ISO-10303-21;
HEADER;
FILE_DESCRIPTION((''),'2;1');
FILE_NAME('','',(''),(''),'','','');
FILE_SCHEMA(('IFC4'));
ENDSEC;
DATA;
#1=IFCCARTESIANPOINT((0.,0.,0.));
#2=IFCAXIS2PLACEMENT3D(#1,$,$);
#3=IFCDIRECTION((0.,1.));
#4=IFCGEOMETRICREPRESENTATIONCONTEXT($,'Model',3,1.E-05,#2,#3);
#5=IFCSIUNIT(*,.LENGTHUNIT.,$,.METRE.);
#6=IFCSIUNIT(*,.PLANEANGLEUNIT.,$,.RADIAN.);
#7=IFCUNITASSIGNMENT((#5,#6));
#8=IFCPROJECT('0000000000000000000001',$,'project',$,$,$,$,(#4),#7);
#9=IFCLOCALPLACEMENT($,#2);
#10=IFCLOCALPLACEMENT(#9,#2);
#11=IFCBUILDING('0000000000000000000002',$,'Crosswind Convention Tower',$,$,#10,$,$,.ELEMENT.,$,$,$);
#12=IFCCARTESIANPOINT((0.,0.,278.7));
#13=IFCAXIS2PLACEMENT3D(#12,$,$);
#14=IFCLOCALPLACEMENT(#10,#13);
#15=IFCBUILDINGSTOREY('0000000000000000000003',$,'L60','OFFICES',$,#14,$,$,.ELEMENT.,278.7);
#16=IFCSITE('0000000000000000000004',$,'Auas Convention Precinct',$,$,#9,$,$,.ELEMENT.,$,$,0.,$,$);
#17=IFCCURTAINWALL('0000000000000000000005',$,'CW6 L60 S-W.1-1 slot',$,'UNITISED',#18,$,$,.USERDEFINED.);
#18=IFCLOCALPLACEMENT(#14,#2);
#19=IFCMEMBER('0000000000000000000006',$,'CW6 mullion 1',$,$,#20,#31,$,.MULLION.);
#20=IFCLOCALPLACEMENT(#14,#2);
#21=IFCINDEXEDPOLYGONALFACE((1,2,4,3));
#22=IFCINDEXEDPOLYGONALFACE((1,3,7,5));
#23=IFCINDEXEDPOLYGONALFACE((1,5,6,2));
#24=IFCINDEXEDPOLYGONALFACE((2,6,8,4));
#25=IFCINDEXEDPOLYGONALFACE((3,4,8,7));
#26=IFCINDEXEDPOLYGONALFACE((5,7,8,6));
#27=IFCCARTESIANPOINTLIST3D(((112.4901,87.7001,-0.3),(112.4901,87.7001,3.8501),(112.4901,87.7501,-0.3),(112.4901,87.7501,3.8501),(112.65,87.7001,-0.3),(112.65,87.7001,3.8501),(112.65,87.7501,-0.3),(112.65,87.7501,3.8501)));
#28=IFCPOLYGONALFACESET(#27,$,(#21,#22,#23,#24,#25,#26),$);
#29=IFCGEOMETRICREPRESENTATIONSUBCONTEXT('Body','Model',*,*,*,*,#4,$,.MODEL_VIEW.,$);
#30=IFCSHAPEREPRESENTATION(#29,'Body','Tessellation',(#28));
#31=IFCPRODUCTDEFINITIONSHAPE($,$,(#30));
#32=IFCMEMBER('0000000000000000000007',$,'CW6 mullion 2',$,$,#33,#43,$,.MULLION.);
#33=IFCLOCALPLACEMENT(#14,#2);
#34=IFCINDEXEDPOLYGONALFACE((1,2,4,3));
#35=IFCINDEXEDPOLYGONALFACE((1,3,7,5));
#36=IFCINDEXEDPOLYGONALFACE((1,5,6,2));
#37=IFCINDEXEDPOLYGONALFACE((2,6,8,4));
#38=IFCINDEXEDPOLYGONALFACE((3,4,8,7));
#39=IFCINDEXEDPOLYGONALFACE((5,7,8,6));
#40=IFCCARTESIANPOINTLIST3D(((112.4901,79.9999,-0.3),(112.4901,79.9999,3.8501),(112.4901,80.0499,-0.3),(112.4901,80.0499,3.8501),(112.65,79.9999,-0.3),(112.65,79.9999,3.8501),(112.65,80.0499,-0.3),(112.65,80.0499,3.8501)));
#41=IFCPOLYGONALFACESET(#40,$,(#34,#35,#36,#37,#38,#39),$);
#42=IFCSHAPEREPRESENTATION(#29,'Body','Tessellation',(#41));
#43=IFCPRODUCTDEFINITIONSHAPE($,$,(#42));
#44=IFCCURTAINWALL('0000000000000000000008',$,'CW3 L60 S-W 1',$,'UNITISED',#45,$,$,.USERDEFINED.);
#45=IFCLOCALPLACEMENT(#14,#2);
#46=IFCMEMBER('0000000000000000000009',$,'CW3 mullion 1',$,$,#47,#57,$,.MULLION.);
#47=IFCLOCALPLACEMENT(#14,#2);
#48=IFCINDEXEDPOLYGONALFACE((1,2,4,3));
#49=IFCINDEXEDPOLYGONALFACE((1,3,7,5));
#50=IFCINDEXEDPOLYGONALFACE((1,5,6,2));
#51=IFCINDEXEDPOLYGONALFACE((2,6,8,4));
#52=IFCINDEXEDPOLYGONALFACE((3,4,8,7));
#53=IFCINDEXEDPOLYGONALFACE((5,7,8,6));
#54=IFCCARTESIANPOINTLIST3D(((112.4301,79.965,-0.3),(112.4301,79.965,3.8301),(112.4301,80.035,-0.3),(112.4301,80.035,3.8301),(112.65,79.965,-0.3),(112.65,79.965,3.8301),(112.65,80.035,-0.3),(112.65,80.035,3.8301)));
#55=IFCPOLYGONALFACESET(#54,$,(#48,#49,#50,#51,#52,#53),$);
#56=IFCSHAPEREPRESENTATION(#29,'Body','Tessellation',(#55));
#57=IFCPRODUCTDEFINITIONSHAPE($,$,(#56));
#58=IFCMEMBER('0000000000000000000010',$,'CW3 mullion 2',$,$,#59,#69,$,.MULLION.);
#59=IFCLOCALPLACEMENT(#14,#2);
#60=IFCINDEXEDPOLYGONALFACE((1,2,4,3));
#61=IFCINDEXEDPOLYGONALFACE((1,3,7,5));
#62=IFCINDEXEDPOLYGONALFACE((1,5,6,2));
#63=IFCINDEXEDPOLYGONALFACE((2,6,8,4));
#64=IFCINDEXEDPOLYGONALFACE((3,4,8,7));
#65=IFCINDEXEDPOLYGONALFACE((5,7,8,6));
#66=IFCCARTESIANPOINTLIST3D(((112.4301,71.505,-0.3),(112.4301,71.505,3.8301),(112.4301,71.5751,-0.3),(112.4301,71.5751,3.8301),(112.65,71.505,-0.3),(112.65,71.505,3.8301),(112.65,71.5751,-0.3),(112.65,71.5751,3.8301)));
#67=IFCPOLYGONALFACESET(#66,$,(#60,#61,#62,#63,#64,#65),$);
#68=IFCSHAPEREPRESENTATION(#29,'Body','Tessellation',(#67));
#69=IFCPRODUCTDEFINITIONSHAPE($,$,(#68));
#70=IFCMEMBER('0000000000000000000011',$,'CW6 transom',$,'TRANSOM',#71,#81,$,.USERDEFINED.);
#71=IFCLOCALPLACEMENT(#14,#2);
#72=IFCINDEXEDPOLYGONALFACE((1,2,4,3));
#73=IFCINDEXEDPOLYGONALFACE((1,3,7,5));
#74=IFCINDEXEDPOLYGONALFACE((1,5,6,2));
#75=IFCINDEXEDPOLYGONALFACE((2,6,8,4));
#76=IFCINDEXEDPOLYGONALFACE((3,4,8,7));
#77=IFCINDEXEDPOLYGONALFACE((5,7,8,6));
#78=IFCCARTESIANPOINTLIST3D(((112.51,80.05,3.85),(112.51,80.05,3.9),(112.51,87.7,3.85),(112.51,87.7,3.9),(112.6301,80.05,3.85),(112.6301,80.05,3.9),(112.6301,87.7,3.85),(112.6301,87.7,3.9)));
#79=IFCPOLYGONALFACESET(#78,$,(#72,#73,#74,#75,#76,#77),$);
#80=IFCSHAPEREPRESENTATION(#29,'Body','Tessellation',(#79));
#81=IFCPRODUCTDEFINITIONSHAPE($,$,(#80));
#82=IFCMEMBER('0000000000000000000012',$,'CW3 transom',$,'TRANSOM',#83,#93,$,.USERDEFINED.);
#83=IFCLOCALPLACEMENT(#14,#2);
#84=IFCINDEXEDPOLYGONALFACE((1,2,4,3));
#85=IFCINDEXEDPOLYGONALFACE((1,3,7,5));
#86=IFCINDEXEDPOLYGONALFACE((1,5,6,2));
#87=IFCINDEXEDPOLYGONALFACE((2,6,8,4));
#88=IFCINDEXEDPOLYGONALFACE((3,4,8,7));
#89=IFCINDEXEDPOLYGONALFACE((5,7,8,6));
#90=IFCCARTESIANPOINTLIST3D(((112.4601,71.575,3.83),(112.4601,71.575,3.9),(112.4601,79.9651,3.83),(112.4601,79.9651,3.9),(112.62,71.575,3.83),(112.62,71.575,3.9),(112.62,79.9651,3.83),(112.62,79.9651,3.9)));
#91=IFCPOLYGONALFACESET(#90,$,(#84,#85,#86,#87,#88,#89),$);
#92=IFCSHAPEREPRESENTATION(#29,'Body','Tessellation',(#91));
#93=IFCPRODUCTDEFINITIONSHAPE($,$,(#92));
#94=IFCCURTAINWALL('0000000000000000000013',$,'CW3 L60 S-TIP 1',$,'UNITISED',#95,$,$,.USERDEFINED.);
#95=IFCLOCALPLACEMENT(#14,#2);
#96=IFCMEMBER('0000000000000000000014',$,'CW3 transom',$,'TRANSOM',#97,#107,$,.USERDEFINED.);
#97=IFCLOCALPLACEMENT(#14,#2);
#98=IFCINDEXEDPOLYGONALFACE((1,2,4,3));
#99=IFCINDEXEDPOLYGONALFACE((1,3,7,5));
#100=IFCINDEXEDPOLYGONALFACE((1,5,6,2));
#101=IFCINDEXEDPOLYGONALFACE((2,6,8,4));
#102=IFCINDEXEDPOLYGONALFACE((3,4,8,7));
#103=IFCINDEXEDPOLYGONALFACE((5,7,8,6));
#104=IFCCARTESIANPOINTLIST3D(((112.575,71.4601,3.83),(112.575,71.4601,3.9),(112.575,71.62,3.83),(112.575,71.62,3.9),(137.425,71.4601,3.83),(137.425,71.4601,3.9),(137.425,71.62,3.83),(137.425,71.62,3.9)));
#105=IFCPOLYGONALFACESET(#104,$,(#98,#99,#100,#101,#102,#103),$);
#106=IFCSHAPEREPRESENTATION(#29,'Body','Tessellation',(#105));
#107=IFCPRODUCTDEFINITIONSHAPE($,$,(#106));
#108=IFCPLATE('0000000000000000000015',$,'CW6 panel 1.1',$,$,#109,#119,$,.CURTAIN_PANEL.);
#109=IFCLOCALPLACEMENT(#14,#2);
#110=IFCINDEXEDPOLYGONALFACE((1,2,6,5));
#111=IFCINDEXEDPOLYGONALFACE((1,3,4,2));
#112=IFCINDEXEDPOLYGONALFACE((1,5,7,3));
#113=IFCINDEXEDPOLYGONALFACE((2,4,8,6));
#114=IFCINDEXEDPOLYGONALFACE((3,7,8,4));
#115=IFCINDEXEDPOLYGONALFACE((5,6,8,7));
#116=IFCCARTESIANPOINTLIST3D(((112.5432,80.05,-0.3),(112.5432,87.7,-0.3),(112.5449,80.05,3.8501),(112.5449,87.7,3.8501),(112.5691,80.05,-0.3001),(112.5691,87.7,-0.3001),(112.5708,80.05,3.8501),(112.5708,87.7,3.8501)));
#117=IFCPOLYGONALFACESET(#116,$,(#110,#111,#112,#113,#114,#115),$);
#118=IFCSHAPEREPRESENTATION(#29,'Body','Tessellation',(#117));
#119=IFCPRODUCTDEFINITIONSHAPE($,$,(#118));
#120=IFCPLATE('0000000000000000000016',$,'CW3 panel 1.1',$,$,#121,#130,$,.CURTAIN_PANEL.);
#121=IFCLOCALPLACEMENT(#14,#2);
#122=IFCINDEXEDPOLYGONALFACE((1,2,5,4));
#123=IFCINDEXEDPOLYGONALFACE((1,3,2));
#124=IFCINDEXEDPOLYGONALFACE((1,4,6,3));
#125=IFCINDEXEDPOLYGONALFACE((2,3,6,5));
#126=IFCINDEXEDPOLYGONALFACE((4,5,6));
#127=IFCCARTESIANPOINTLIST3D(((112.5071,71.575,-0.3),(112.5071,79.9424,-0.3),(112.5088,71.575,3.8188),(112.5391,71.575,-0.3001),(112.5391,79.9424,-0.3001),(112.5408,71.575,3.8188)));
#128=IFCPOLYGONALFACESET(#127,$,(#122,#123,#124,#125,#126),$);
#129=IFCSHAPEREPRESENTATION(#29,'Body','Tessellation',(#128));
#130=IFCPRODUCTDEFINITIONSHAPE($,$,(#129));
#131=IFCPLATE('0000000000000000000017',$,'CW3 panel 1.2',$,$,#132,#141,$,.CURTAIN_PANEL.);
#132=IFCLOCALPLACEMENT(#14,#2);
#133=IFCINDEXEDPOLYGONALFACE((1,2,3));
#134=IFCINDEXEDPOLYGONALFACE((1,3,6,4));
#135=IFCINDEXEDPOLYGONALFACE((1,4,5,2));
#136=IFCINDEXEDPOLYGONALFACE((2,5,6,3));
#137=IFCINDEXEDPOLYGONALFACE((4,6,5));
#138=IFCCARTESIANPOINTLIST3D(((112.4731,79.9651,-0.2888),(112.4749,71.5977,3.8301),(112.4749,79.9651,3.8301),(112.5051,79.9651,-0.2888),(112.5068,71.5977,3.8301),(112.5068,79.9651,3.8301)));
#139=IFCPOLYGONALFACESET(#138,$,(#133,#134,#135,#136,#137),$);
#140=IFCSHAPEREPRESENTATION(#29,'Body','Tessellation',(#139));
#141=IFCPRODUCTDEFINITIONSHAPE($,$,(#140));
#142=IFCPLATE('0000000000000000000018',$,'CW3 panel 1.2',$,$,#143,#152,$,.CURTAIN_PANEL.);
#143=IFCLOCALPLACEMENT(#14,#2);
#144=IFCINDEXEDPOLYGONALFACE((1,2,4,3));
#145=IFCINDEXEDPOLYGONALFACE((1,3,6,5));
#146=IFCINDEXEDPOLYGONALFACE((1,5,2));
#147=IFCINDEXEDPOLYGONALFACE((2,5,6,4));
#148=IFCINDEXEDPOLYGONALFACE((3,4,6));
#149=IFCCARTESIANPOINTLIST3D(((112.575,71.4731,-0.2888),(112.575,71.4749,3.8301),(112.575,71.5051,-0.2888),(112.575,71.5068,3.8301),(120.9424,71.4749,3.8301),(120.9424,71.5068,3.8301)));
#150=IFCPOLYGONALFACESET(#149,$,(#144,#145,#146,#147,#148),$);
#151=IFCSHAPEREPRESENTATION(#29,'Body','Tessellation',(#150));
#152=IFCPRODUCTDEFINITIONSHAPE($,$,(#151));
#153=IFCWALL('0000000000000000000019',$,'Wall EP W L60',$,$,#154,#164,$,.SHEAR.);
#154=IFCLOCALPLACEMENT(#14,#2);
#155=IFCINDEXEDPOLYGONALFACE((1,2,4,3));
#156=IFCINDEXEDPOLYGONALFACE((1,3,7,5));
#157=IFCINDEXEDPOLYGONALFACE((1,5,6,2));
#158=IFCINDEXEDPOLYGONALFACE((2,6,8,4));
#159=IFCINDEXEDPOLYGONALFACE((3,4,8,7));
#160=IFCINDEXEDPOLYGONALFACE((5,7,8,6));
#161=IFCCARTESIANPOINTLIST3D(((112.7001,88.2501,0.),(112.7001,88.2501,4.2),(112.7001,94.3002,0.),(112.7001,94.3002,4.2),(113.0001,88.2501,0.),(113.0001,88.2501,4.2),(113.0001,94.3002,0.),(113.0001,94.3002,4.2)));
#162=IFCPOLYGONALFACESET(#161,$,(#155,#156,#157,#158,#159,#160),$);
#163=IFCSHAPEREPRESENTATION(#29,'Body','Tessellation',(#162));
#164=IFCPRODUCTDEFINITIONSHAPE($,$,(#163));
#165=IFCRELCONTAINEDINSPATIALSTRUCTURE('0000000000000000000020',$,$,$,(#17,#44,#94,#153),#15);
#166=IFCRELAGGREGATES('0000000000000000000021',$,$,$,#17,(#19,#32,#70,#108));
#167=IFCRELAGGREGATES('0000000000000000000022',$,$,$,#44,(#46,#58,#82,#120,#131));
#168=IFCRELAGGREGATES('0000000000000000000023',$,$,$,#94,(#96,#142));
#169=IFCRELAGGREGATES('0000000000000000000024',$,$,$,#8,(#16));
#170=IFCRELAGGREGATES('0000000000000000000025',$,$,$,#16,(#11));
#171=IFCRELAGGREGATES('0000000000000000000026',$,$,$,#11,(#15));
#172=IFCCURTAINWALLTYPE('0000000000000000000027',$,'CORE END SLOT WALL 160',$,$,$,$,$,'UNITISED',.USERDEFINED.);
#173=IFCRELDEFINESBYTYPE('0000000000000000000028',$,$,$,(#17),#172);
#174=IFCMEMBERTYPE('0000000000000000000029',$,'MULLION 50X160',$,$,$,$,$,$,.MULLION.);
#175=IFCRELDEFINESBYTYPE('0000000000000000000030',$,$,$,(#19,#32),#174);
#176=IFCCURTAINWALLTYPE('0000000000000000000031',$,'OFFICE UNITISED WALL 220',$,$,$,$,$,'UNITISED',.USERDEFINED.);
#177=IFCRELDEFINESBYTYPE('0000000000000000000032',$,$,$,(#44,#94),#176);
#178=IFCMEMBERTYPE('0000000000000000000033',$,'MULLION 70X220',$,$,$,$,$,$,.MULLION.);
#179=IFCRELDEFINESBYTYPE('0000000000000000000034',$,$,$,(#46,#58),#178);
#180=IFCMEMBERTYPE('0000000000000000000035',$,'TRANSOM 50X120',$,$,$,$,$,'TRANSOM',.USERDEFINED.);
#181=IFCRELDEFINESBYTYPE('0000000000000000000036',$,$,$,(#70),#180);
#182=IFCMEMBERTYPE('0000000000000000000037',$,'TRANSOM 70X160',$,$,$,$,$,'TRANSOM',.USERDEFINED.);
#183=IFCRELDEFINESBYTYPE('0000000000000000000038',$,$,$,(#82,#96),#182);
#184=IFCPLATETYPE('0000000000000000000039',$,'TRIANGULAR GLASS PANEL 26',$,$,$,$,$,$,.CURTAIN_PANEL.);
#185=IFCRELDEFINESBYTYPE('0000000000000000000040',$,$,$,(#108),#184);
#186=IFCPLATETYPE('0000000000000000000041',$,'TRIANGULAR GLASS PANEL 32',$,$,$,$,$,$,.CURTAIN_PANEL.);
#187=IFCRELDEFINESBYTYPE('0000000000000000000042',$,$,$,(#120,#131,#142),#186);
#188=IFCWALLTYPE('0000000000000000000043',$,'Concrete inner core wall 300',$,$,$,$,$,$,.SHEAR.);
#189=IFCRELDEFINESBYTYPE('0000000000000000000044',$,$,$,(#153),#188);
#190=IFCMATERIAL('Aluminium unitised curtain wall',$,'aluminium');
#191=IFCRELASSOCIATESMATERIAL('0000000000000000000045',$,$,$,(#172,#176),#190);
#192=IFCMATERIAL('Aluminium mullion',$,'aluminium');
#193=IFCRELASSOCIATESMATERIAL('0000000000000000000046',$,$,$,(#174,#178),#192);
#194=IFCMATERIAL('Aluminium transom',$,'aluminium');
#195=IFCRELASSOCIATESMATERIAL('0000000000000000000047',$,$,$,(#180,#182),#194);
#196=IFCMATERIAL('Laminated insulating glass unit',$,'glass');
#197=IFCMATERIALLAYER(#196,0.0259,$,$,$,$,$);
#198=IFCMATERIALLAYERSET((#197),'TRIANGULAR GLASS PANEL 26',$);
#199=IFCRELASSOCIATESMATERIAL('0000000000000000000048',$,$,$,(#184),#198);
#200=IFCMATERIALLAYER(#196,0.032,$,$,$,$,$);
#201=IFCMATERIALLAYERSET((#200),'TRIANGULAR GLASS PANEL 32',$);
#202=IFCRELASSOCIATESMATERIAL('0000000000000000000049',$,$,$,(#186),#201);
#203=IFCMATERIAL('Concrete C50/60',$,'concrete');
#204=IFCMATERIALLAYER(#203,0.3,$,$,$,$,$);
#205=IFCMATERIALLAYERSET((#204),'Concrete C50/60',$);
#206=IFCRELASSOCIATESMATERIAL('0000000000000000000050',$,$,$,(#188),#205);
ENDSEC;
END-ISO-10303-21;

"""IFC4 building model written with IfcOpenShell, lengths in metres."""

from ifc_helpers import new_model, si_unit, direction, frame, frame_2d, origin, origin_2d, place, context, subcontext, project, spatial, polyline, rectangle, outline, extrude, material, layer, layer_set, material_profile, profile_set, type_object, element, aggregate, save


model = new_model("IFC4")

# Units and contexts
model_context = context("Model", 3, precision=1e-05, world=origin(), true_north=direction((0.0, 1.0)))
body_context = subcontext(model_context, "Body", "Model", "MODEL_VIEW")
ifc_project = project(units=[si_unit("LENGTHUNIT", "METRE"), si_unit("PLANEANGLEUNIT", "RADIAN")], contexts=[model_context])

# Site, building, storey
site_placement = place(None, origin())
site = spatial("IfcSite", under=ifc_project, at=site_placement, Name="Auas Convention Precinct", CompositionType="ELEMENT", RefElevation=0.0)
building_placement = place(site_placement, origin())
building = spatial("IfcBuilding", under=site, at=building_placement, Name="Crosswind Convention Tower", CompositionType="ELEMENT")
storey_placement = place(building_placement, frame((0.0, 0.0, 278.7)))
storey = spatial("IfcBuildingStorey", under=building, at=storey_placement, Name="L60", Description="OFFICES", CompositionType="ELEMENT", Elevation=278.7)

# Curtain walls, members
ifc_material_1 = material(Name="Aluminium unitised curtain wall", Category="aluminium")
curtain_wall_type_1 = type_object("IfcCurtainWallType", Name="CORE END SLOT WALL 160", ElementType="UNITISED", PredefinedType="USERDEFINED", material=ifc_material_1)
curtain_wall_1_placement = place(storey_placement, origin())
curtain_wall_1 = element("IfcCurtainWall", 1, at=curtain_wall_1_placement, inside=storey, type_object=curtain_wall_type_1, Name="CW6 L60 S-W.1-1 slot", ObjectType="UNITISED", PredefinedType="USERDEFINED")
ifc_material_2 = material(Name="Aluminium mullion", Category="aluminium")
ifc_material_profile_1 = material_profile(ifc_material_2, rectangle(XDim=0.1599, YDim=0.05, at=origin_2d()), Name="AL 160X50")
ifc_profile_set_1 = profile_set([ifc_material_profile_1], Name="Aluminium mullion")
member_type_1 = type_object("IfcMemberType", Name="MULLION 50X160", PredefinedType="MULLION", material=ifc_profile_set_1)
member_1_placement = place(storey_placement, frame((112.5701, 87.7251, -0.3), z_axis=(0.0, 0.0, 1.0), x_axis=(-1.0, 0.0, 0.0)))
member_1 = element("IfcMember", 2, at=member_1_placement, type_object=member_type_1, Name="CW6 mullion 1", PredefinedType="MULLION", context=body_context, shape_type="SweptSolid", body=[
    extrude(rectangle(XDim=0.1599, YDim=0.05, at=origin_2d()), origin(), (0.0, 0.0, 1.0), 4.1501),
])
member_2_placement = place(storey_placement, frame((112.5701, 80.0249, -0.3), z_axis=(0.0, 0.0, 1.0), x_axis=(-1.0, 0.0, 0.0)))
member_2 = element("IfcMember", 3, at=member_2_placement, type_object=member_type_1, Name="CW6 mullion 2", PredefinedType="MULLION", context=body_context, shape_type="SweptSolid", body=[
    extrude(rectangle(XDim=0.1599, YDim=0.05, at=origin_2d()), origin(), (0.0, 0.0, 1.0), 4.1501),
])
curtain_wall_type_2 = type_object("IfcCurtainWallType", Name="OFFICE UNITISED WALL 220", ElementType="UNITISED", PredefinedType="USERDEFINED", material=ifc_material_1)
curtain_wall_2_placement = place(storey_placement, origin())
curtain_wall_2 = element("IfcCurtainWall", 4, at=curtain_wall_2_placement, inside=storey, type_object=curtain_wall_type_2, Name="CW3 L60 S-W 1", ObjectType="UNITISED", PredefinedType="USERDEFINED")
ifc_material_profile_2 = material_profile(ifc_material_2, rectangle(XDim=0.22, YDim=0.0701, at=origin_2d()), Name="AL 220X70")
ifc_profile_set_2 = profile_set([ifc_material_profile_2], Name="Aluminium mullion")
member_type_2 = type_object("IfcMemberType", Name="MULLION 70X220", PredefinedType="MULLION", material=ifc_profile_set_2)
member_3_placement = place(storey_placement, frame((112.54, 80.0, -0.3), z_axis=(0.0, 0.0, 1.0), x_axis=(-1.0, 0.0, 0.0)))
member_3 = element("IfcMember", 5, at=member_3_placement, type_object=member_type_2, Name="CW3 mullion 1", PredefinedType="MULLION", context=body_context, shape_type="SweptSolid", body=[
    extrude(rectangle(XDim=0.22, YDim=0.0701, at=origin_2d()), origin(), (0.0, 0.0, 1.0), 4.1301),
])
member_4_placement = place(storey_placement, frame((112.54, 71.54, -0.3), z_axis=(0.0, 0.0, 1.0), x_axis=(-1.0, 0.0, 0.0)))
member_4 = element("IfcMember", 6, at=member_4_placement, type_object=member_type_2, Name="CW3 mullion 2", PredefinedType="MULLION", context=body_context, shape_type="SweptSolid", body=[
    extrude(rectangle(XDim=0.22, YDim=0.0701, at=origin_2d()), origin(), (0.0, 0.0, 1.0), 4.1301),
])

# Members
ifc_material_3 = material(Name="Aluminium transom", Category="aluminium")
ifc_material_profile_3 = material_profile(ifc_material_3, rectangle(XDim=0.1201, YDim=0.05, at=origin_2d()), Name="AL 120X50")
ifc_profile_set_3 = profile_set([ifc_material_profile_3], Name="Aluminium transom")
member_type_3 = type_object("IfcMemberType", Name="TRANSOM 50X120", ElementType="TRANSOM", PredefinedType="USERDEFINED", material=ifc_profile_set_3)
member_5_placement = place(storey_placement, frame((112.5701, 87.7, 3.875), z_axis=(0.0, -1.0, 0.0), x_axis=(1.0, 0.0, 0.0)))
member_5 = element("IfcMember", 7, at=member_5_placement, type_object=member_type_3, Name="CW6 transom", ObjectType="TRANSOM", PredefinedType="USERDEFINED", context=body_context, shape_type="SweptSolid", body=[
    extrude(rectangle(XDim=0.1201, YDim=0.05, at=origin_2d()), origin(), (0.0, 0.0, 1.0), 7.6499),
])
ifc_material_profile_4 = material_profile(ifc_material_3, rectangle(XDim=0.1599, YDim=0.0701, at=origin_2d()), Name="AL 160X70")
ifc_profile_set_4 = profile_set([ifc_material_profile_4], Name="Aluminium transom")
member_type_4 = type_object("IfcMemberType", Name="TRANSOM 70X160", ElementType="TRANSOM", PredefinedType="USERDEFINED", material=ifc_profile_set_4)
member_6_placement = place(storey_placement, frame((112.54, 79.9651, 3.865), z_axis=(0.0, -1.0, 0.0), x_axis=(1.0, 0.0, 0.0)))
member_6 = element("IfcMember", 8, at=member_6_placement, type_object=member_type_4, Name="CW3 transom", ObjectType="TRANSOM", PredefinedType="USERDEFINED", context=body_context, shape_type="SweptSolid", body=[
    extrude(rectangle(XDim=0.1599, YDim=0.0701, at=origin_2d()), origin(), (0.0, 0.0, 1.0), 8.3901),
])

# Curtain wall, member
curtain_wall_3_placement = place(storey_placement, origin())
curtain_wall_3 = element("IfcCurtainWall", 9, at=curtain_wall_3_placement, inside=storey, type_object=curtain_wall_type_2, Name="CW3 L60 S-TIP 1", ObjectType="UNITISED", PredefinedType="USERDEFINED")
member_7_placement = place(storey_placement, frame((112.575, 71.54, 3.865), z_axis=(1.0, 0.0, 0.0), x_axis=(0.0, 1.0, 0.0)))
member_7 = element("IfcMember", 10, at=member_7_placement, type_object=member_type_4, Name="CW3 transom", ObjectType="TRANSOM", PredefinedType="USERDEFINED", context=body_context, shape_type="SweptSolid", body=[
    extrude(rectangle(XDim=0.1599, YDim=0.0701, at=origin_2d()), origin(), (0.0, 0.0, 1.0), 24.8501),
])

# Plates
ifc_material_4 = material(Name="Laminated insulating glass unit", Category="glass")
ifc_layer_1 = layer(ifc_material_4, 0.0259)
ifc_layer_set_1 = layer_set([ifc_layer_1], Name="TRIANGULAR GLASS PANEL 26")
plate_type_1 = type_object("IfcPlateType", Name="TRIANGULAR GLASS PANEL 26", PredefinedType="CURTAIN_PANEL", material=ifc_layer_set_1)
plate_1_placement = place(storey_placement, frame((112.5432, 87.7, -0.3), z_axis=(-1.0, 0.0, 0.000412), x_axis=(0.0, -1.0, 0.0)))
plate_1 = element("IfcPlate", 11, at=plate_1_placement, type_object=plate_type_1, Name="CW6 panel 1.1", PredefinedType="CURTAIN_PANEL", context=body_context, shape_type="SweptSolid", body=[
    extrude(outline(polyline([(0.0, 0.0), (7.6499, 0.0), (7.6499, 4.1501), (0.0, 4.1501), (0.0, 0.0)])), origin(), (0.0, 0.0, -1.0), 0.0259),
])
aggregate(curtain_wall_1, [member_1, member_2, member_5, plate_1])
ifc_layer_2 = layer(ifc_material_4, 0.032)
ifc_layer_set_2 = layer_set([ifc_layer_2], Name="TRIANGULAR GLASS PANEL 32")
plate_type_2 = type_object("IfcPlateType", Name="TRIANGULAR GLASS PANEL 32", PredefinedType="CURTAIN_PANEL", material=ifc_layer_set_2)
plate_2_placement = place(storey_placement, frame((112.5071, 71.575, -0.3), z_axis=(-1.0, 0.0, 0.000415), x_axis=(0.000415, 0.0, 1.0)))
plate_2 = element("IfcPlate", 12, at=plate_2_placement, type_object=plate_type_2, Name="CW3 panel 1.1", PredefinedType="CURTAIN_PANEL", context=body_context, shape_type="SweptSolid", body=[
    extrude(outline(polyline([(0.0, 0.0), (4.1189, 0.0), (0.0, 8.3674), (0.0, 0.0)])), origin(), (0.0, 0.0, -1.0), 0.032),
])
plate_3_placement = place(storey_placement, frame((112.4749, 79.9651, 3.8301), z_axis=(-1.0, 0.0, 0.000415), x_axis=(-0.000415, 0.0, -1.0)))
plate_3 = element("IfcPlate", 13, at=plate_3_placement, type_object=plate_type_2, Name="CW3 panel 1.2", PredefinedType="CURTAIN_PANEL", context=body_context, shape_type="SweptSolid", body=[
    extrude(outline(polyline([(0.0, 0.0), (4.1189, 0.0), (0.0, 8.3674), (0.0, 0.0)])), origin(), (0.0, 0.0, -1.0), 0.032),
])
aggregate(curtain_wall_2, [member_3, member_4, member_6, plate_2, plate_3])
plate_4_placement = place(storey_placement, frame((112.575, 71.4749, 3.8301), z_axis=(0.0, -1.0, 0.000415), x_axis=(0.0, -0.000415, -1.0)))
plate_4 = element("IfcPlate", 14, at=plate_4_placement, type_object=plate_type_2, Name="CW3 panel 1.2", PredefinedType="CURTAIN_PANEL", context=body_context, shape_type="SweptSolid", body=[
    extrude(outline(polyline([(0.0, 0.0), (4.1189, 0.0), (0.0, 8.3674), (0.0, 0.0)])), origin(), (0.0, 0.0, -1.0), 0.032),
])

# Wall
ifc_material_5 = material(Name="Concrete C50/60", Category="concrete")
ifc_layer_3 = layer(ifc_material_5, 0.3)
ifc_layer_set_3 = layer_set([ifc_layer_3], Name="Concrete C50/60")
wall_type_1 = type_object("IfcWallType", Name="Concrete inner core wall 300", PredefinedType="SHEAR", material=ifc_layer_set_3)
wall_1_placement = place(storey_placement, frame((112.8501, 94.3, 0.0), z_axis=(0.0, 0.0, 1.0), x_axis=(0.0, -1.0, 0.0)))
element("IfcWall", 15, at=wall_1_placement, inside=storey, type_object=wall_type_1, Name="Wall EP W L60", PredefinedType="SHEAR", context=body_context, shape_type="SweptSolid", body=[
    extrude(rectangle(XDim=6.05, YDim=0.3, at=frame_2d((3.0249, 0.0))), origin(), (0.0, 0.0, 1.0), 4.2),
])

aggregate(curtain_wall_3, [member_7, plate_4])

save(model, "model.ifc")
